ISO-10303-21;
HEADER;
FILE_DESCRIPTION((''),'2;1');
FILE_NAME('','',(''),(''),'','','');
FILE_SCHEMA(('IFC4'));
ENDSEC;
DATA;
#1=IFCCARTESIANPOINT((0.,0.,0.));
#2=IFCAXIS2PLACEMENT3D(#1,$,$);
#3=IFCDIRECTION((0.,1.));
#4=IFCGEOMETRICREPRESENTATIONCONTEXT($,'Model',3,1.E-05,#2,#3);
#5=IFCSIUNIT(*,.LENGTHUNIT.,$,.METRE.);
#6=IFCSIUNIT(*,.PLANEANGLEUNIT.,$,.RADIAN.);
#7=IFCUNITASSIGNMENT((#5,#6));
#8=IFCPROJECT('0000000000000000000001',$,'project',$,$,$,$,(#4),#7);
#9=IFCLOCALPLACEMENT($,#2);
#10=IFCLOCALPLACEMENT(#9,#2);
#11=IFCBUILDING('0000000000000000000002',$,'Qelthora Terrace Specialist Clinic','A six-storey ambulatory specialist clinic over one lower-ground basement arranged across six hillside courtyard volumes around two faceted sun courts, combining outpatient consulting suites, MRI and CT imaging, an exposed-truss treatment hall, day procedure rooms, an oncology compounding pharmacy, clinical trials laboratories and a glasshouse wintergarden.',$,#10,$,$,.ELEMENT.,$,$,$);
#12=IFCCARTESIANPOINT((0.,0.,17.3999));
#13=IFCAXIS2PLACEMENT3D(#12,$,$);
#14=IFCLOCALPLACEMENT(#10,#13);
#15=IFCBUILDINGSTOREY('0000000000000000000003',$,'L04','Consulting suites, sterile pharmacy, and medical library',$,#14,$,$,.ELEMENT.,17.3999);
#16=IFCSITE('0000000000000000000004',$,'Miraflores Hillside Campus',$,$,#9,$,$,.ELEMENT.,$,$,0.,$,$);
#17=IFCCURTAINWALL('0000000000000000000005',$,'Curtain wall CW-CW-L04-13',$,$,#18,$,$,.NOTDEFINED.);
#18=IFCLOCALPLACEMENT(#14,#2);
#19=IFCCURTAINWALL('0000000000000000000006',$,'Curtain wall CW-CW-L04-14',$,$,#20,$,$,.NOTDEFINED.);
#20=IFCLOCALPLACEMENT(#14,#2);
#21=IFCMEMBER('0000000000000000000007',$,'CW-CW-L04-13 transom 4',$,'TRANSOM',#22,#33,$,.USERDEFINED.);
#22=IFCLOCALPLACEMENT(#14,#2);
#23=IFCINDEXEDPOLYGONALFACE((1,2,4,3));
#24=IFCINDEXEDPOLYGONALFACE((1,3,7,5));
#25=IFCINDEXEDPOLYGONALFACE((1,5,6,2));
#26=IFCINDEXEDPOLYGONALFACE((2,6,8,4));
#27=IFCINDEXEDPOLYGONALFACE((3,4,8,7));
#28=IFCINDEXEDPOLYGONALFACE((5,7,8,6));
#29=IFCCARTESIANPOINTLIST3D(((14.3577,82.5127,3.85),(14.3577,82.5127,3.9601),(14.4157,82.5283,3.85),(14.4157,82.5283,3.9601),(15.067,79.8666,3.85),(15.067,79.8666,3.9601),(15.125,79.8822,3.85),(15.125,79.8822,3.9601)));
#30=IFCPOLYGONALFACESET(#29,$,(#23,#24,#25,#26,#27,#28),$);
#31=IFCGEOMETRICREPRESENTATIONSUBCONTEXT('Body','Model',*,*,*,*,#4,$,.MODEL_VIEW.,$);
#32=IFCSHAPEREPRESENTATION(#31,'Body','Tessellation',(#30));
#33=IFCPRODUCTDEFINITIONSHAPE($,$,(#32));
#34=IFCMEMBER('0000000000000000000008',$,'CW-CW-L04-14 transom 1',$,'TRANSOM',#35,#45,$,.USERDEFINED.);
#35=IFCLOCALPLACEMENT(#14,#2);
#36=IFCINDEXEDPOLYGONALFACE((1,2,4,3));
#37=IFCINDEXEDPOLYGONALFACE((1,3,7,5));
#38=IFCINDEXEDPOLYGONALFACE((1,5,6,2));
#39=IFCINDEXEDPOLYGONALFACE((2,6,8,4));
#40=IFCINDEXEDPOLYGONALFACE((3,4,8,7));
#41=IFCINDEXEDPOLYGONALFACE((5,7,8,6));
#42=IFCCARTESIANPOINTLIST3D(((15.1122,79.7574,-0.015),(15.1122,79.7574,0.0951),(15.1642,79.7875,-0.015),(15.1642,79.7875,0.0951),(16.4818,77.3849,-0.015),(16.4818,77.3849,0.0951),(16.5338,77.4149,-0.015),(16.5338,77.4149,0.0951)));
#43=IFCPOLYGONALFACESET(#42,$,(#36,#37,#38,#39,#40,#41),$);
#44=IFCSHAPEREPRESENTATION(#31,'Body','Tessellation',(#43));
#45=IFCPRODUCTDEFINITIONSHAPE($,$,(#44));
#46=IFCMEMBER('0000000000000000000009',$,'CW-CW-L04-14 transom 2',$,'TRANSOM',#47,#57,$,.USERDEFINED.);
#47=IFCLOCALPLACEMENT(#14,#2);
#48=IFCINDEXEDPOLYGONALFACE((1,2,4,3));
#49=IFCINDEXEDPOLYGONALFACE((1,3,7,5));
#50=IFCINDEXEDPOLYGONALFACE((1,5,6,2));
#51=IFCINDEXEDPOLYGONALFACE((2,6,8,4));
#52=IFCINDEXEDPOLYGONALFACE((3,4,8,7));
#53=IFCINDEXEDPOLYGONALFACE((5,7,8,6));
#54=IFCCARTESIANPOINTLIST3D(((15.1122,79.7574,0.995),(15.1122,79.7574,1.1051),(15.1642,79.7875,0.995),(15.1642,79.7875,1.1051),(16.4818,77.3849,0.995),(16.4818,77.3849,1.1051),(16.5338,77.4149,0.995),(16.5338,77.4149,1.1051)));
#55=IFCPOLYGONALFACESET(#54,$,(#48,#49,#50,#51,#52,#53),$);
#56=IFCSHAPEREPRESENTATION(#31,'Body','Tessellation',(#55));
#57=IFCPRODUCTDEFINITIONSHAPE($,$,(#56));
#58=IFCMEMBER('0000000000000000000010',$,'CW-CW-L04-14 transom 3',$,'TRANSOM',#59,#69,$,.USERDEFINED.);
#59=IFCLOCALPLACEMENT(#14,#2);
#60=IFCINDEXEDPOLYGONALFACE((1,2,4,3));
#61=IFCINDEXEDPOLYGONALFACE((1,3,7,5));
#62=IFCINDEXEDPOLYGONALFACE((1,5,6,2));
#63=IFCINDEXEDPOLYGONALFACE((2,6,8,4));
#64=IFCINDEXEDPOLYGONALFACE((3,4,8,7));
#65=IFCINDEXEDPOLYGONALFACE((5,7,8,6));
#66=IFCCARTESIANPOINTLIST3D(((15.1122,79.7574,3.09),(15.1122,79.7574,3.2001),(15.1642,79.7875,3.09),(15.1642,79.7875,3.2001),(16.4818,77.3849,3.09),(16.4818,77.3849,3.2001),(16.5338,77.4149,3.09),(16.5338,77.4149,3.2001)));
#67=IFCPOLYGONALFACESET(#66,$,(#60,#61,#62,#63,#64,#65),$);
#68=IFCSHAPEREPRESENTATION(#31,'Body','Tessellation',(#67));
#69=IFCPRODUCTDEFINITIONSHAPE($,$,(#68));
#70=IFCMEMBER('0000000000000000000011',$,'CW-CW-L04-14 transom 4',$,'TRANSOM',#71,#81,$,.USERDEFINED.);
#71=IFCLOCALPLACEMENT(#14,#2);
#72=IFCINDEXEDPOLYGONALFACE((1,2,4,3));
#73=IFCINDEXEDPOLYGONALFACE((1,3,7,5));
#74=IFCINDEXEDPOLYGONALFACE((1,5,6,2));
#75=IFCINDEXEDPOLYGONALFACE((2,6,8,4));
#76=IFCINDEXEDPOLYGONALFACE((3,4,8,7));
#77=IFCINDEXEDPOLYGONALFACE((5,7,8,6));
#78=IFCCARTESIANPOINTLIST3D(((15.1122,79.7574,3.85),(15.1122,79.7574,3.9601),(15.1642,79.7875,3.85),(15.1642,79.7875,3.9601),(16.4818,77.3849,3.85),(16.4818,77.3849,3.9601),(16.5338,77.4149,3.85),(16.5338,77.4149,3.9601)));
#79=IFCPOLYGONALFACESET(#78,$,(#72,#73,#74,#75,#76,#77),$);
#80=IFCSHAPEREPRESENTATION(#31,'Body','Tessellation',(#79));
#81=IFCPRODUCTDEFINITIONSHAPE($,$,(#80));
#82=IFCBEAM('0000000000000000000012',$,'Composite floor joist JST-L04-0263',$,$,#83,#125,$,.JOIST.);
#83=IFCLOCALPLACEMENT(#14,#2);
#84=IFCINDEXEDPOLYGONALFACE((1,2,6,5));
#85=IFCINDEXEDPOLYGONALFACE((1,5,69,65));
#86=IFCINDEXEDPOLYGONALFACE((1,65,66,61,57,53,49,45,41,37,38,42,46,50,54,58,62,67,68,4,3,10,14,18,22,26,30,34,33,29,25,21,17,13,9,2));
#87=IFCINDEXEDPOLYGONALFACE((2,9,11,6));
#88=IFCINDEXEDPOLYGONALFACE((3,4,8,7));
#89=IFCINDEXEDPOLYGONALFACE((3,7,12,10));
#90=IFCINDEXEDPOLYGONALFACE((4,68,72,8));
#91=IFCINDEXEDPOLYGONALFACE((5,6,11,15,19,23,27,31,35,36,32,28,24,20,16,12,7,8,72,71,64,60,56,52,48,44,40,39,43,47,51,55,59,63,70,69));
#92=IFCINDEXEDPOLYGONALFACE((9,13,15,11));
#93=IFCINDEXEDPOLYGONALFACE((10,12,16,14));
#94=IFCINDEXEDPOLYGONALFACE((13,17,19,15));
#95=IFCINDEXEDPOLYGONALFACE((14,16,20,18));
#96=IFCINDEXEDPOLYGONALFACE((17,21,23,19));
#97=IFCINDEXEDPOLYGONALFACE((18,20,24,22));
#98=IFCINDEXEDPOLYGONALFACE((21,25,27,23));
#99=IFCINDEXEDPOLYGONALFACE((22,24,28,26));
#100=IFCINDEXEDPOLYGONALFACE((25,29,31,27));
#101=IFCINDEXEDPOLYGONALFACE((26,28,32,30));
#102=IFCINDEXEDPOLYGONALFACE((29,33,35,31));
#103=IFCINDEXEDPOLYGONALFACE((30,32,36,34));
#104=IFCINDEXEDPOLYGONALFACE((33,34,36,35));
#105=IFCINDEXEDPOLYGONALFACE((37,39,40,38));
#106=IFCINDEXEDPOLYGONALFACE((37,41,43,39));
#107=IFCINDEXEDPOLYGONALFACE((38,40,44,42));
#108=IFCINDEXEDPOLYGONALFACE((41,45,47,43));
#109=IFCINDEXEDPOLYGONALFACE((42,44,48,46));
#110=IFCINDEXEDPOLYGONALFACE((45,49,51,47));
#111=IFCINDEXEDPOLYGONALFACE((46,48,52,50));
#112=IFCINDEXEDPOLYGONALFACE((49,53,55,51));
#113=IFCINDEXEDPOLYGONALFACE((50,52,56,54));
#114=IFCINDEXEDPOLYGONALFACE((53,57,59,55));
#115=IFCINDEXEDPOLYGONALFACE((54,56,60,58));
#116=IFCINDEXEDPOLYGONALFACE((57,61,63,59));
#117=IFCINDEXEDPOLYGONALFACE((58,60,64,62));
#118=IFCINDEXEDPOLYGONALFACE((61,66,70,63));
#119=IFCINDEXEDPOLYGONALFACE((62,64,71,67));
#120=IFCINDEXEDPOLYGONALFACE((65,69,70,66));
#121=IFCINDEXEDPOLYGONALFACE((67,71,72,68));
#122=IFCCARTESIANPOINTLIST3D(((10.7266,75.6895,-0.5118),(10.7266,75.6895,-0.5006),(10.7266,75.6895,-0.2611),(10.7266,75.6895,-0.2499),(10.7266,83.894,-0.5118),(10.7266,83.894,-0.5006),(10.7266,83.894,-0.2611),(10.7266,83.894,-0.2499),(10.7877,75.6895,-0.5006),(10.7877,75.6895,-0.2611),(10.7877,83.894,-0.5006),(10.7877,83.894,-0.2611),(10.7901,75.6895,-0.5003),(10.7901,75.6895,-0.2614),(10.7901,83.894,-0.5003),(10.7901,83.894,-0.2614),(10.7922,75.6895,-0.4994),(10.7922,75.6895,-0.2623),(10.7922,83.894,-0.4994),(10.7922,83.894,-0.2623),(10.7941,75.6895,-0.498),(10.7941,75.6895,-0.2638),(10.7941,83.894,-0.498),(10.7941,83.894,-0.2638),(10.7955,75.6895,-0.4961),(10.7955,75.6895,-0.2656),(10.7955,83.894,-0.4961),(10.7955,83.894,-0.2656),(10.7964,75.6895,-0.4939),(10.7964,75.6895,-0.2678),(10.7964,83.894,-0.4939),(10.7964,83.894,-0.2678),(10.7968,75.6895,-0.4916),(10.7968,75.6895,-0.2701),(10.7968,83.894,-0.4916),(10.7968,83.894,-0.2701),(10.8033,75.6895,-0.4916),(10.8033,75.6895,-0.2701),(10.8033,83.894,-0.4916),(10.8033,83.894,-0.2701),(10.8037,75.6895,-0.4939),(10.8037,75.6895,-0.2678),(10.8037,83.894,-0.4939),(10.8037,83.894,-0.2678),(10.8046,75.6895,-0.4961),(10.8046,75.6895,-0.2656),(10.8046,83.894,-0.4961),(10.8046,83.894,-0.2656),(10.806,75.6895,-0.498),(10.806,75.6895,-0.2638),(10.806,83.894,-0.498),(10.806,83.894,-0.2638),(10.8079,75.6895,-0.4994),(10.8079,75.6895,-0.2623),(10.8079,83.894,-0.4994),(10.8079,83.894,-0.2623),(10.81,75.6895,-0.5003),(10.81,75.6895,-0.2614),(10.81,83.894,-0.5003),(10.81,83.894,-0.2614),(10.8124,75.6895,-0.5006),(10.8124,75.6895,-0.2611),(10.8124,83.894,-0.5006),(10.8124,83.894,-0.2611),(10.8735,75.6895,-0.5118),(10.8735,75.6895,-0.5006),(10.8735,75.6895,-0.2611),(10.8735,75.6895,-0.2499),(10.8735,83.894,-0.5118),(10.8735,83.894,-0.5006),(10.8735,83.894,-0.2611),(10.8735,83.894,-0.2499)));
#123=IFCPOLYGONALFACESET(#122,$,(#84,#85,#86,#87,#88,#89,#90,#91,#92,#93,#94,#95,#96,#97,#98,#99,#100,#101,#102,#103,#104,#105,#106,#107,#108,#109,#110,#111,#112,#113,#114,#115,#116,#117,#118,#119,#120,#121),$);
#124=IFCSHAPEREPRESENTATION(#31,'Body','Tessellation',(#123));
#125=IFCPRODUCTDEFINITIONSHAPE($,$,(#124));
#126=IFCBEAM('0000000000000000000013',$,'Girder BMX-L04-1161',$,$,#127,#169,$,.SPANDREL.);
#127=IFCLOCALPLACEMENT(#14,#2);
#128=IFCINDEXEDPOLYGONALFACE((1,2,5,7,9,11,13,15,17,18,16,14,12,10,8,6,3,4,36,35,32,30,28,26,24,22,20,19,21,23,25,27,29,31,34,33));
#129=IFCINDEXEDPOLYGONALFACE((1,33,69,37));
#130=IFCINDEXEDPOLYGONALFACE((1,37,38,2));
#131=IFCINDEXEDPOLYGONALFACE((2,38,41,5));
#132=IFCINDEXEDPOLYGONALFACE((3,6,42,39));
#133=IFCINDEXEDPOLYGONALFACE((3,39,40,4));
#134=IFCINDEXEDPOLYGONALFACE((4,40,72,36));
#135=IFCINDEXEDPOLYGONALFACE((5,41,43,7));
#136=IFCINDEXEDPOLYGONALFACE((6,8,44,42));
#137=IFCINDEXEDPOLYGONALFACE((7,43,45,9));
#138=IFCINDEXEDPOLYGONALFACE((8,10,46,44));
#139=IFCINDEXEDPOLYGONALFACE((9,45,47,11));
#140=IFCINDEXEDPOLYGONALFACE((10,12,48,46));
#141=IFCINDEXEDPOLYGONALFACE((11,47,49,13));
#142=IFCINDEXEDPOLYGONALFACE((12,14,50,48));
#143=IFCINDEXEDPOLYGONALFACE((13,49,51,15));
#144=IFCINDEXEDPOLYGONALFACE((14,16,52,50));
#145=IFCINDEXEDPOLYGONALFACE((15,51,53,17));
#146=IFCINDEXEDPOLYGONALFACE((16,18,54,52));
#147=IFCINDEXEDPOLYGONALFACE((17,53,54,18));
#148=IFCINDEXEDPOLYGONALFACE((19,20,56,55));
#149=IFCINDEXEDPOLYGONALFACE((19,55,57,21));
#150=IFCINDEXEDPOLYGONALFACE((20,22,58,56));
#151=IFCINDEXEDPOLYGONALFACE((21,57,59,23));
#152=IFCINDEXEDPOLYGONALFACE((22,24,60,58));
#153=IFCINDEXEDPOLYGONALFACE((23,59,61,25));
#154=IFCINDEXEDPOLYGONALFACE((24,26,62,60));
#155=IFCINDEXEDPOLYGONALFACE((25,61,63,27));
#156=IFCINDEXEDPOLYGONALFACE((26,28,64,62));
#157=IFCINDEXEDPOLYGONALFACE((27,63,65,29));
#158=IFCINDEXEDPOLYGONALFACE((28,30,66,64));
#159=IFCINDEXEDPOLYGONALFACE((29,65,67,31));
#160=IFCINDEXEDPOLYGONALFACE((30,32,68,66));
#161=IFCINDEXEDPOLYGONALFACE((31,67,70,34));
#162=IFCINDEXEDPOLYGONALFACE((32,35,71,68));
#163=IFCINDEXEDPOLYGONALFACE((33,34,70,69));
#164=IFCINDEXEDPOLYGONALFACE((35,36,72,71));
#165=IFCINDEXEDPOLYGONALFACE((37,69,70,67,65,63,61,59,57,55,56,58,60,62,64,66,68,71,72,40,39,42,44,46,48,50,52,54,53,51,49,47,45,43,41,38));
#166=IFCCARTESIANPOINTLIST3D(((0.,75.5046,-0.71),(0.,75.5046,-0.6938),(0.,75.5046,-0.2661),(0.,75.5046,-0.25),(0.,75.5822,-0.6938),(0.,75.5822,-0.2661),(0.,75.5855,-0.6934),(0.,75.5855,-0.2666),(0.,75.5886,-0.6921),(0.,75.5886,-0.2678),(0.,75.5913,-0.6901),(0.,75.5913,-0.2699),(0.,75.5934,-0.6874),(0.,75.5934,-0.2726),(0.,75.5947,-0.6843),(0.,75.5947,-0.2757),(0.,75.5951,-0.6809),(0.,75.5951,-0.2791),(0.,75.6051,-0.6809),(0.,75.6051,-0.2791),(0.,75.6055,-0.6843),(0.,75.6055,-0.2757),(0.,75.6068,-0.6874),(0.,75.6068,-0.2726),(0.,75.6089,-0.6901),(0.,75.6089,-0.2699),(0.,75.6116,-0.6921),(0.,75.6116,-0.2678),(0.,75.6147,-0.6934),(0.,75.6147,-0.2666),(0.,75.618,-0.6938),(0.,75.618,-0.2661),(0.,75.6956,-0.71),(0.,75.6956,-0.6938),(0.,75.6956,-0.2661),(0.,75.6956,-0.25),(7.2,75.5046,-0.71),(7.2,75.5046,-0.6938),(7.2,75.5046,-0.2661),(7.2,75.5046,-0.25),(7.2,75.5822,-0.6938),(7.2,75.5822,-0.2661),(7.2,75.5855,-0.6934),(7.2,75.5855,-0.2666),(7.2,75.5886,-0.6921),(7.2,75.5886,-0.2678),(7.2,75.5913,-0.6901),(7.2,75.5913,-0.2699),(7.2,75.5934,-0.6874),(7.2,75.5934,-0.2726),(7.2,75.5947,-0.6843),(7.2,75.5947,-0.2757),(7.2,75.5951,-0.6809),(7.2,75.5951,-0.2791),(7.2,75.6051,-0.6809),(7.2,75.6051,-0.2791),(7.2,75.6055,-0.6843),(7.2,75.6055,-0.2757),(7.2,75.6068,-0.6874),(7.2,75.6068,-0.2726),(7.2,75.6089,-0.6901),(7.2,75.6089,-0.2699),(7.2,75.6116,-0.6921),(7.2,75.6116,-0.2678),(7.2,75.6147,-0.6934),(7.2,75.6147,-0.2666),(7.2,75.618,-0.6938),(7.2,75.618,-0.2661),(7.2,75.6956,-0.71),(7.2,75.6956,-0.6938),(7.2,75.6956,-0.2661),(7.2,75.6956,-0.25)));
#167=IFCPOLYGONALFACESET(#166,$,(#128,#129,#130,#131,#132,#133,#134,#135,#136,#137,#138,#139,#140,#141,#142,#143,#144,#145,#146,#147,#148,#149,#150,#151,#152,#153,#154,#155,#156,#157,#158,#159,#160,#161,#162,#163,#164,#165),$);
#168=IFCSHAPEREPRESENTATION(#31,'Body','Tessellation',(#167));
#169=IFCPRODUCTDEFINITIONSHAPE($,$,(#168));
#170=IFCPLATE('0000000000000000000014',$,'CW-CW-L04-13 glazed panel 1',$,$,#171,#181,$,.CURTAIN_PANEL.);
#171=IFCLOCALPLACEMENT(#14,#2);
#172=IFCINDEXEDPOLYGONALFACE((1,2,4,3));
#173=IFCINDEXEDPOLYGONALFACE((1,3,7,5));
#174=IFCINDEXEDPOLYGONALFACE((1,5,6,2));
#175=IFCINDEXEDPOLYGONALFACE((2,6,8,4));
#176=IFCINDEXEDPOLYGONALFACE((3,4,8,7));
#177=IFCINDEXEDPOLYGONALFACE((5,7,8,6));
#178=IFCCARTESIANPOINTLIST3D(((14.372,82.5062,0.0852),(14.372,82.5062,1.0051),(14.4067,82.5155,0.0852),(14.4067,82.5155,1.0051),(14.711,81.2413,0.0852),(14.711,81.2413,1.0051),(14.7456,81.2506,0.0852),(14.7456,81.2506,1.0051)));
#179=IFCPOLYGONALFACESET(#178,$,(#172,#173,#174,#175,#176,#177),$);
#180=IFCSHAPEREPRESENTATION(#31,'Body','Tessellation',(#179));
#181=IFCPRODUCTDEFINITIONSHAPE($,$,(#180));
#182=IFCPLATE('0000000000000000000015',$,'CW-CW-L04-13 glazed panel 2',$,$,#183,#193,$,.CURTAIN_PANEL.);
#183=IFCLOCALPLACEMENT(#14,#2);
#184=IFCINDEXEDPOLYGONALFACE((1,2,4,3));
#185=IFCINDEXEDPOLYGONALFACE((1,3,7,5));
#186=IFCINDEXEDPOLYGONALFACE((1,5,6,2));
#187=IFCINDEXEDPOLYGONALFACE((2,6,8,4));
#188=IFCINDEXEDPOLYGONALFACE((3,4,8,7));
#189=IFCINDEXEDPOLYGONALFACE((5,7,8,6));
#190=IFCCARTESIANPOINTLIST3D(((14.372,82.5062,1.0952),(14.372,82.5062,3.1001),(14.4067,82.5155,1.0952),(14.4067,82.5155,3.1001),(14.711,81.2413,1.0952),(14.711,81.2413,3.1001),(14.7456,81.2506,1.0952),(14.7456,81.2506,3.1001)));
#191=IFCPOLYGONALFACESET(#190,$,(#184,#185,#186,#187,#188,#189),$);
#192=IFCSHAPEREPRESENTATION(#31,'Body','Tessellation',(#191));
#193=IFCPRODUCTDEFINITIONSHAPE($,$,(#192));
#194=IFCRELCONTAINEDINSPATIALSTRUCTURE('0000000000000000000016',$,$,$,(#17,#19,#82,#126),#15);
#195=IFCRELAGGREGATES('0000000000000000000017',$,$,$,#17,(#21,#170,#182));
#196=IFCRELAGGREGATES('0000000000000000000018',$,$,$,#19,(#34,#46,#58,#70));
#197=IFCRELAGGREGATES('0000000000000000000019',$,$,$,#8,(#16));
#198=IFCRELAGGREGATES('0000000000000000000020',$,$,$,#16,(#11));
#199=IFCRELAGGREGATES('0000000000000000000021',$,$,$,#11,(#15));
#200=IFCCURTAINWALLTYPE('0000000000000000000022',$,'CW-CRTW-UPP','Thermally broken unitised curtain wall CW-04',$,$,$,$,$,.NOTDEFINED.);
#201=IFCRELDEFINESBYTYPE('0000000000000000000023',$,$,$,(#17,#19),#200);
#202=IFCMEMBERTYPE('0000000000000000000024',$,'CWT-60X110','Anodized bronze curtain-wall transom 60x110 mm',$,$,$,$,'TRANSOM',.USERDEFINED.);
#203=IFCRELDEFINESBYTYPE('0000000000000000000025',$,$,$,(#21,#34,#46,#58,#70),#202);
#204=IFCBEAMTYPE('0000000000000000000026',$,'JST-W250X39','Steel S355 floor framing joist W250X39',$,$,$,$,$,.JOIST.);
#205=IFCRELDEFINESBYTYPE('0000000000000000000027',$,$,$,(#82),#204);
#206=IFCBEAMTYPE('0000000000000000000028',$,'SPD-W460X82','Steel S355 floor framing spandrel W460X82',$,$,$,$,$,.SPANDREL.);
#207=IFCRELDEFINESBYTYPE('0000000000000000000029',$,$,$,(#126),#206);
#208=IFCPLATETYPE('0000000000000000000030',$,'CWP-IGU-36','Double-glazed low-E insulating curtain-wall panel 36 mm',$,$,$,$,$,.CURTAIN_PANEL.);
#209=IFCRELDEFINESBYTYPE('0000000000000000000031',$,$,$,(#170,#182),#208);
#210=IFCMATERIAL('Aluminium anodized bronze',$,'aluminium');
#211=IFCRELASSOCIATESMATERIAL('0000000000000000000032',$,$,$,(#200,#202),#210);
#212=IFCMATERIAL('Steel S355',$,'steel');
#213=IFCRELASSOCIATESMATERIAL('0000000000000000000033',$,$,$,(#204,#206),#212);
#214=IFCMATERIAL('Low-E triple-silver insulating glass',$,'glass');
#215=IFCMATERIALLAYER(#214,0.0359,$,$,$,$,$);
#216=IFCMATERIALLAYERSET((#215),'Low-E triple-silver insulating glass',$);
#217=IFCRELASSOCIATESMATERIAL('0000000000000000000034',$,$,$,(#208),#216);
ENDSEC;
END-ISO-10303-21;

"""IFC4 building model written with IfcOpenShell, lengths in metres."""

from ifc_helpers import new_model, si_unit, direction, frame, origin, origin_2d, place, context, subcontext, project, spatial, rectangle, i_section, extrude, material, layer, layer_set, material_profile, profile_set, type_object, element, aggregate, save


model = new_model("IFC4")

# Units and contexts
model_context = context("Model", 3, precision=1e-05, world=origin(), true_north=direction((0.0, 1.0)))
body_context = subcontext(model_context, "Body", "Model", "MODEL_VIEW")
ifc_project = project(units=[si_unit("LENGTHUNIT", "METRE"), si_unit("PLANEANGLEUNIT", "RADIAN")], contexts=[model_context])

# Site, building, storey
site_placement = place(None, origin())
site = spatial("IfcSite", under=ifc_project, at=site_placement, Name="Miraflores Hillside Campus", CompositionType="ELEMENT", RefElevation=0.0)
building_placement = place(site_placement, origin())
building = spatial("IfcBuilding", under=site, at=building_placement, Name="Qelthora Terrace Specialist Clinic", Description="A six-storey ambulatory specialist clinic over one lower-ground basement arranged across six hillside courtyard volumes around two faceted sun courts, combining outpatient consulting suites, MRI and CT imaging, an exposed-truss treatment hall, day procedure rooms, an oncology compounding pharmacy, clinical trials laboratories and a glasshouse wintergarden.", CompositionType="ELEMENT")
storey_placement = place(building_placement, frame((0.0, 0.0, 17.3999)))
storey = spatial("IfcBuildingStorey", under=building, at=storey_placement, Name="L04", Description="Consulting suites, sterile pharmacy, and medical library", CompositionType="ELEMENT", Elevation=17.3999)

# Shared definitions
ifc_material_1 = material(Name="Steel S355", Category="steel")

# Curtain wall
ifc_material_2 = material(Name="Aluminium anodized bronze", Category="aluminium")
curtain_wall_type = type_object("IfcCurtainWallType", Name="CW-CRTW-UPP", Description="Thermally broken unitised curtain wall CW-04", PredefinedType="NOTDEFINED", material=ifc_material_2)
curtain_wall_1_placement = place(storey_placement, origin())
curtain_wall_1 = element("IfcCurtainWall", 1, at=curtain_wall_1_placement, inside=storey, type_object=curtain_wall_type, Name="Curtain wall CW-CW-L04-13", PredefinedType="NOTDEFINED")

# Curtain wall
curtain_wall_2_placement = place(storey_placement, origin())
curtain_wall_2 = element("IfcCurtainWall", 2, at=curtain_wall_2_placement, inside=storey, type_object=curtain_wall_type, Name="Curtain wall CW-CW-L04-14", PredefinedType="NOTDEFINED")

# Members
ifc_material_profile_1 = material_profile(ifc_material_2, rectangle(XDim=0.0601, YDim=0.1101, at=origin_2d()), Name="CWT60X110")
ifc_profile_set_1 = profile_set([ifc_material_profile_1], Name="Aluminium anodized bronze")
member_type_1 = type_object("IfcMemberType", Name="CWT-60X110", Description="Anodized bronze curtain-wall transom 60x110 mm", ElementType="TRANSOM", PredefinedType="USERDEFINED", material=ifc_profile_set_1)
member_1_placement = place(storey_placement, frame((14.3867, 82.5205, 3.905), z_axis=(0.258899, -0.965904, 0.0), x_axis=(0.965904, 0.258899, 0.0)))
member_1 = element("IfcMember", 3, at=member_1_placement, type_object=member_type_1, Name="CW-CW-L04-13 transom 4", ObjectType="TRANSOM", PredefinedType="USERDEFINED", context=body_context, shape_type="SweptSolid", body=[
    extrude(rectangle(XDim=0.0601, YDim=0.1101, at=origin_2d()), origin(), (0.0, 0.0, 1.0), 2.7395),
])
member_2_placement = place(storey_placement, frame((15.1382, 79.7725, 0.04), z_axis=(0.499954, -0.866052, 0.0), x_axis=(0.866052, 0.499954, 0.0)))
member_2 = element("IfcMember", 4, at=member_2_placement, type_object=member_type_1, Name="CW-CW-L04-14 transom 1", ObjectType="TRANSOM", PredefinedType="USERDEFINED", context=body_context, shape_type="SweptSolid", body=[
    extrude(rectangle(XDim=0.0601, YDim=0.1101, at=origin_2d()), origin(), (0.0, 0.0, 1.0), 2.7395),
])
member_3_placement = place(storey_placement, frame((15.1382, 79.7725, 1.05), z_axis=(0.499954, -0.866052, 0.0), x_axis=(0.866052, 0.499954, 0.0)))
member_3 = element("IfcMember", 5, at=member_3_placement, type_object=member_type_1, Name="CW-CW-L04-14 transom 2", ObjectType="TRANSOM", PredefinedType="USERDEFINED", context=body_context, shape_type="SweptSolid", body=[
    extrude(rectangle(XDim=0.0601, YDim=0.1101, at=origin_2d()), origin(), (0.0, 0.0, 1.0), 2.7395),
])
member_4_placement = place(storey_placement, frame((15.1382, 79.7725, 3.145), z_axis=(0.499954, -0.866052, 0.0), x_axis=(0.866052, 0.499954, 0.0)))
member_4 = element("IfcMember", 6, at=member_4_placement, type_object=member_type_1, Name="CW-CW-L04-14 transom 3", ObjectType="TRANSOM", PredefinedType="USERDEFINED", context=body_context, shape_type="SweptSolid", body=[
    extrude(rectangle(XDim=0.0601, YDim=0.1101, at=origin_2d()), origin(), (0.0, 0.0, 1.0), 2.7395),
])
member_5_placement = place(storey_placement, frame((15.1382, 79.7725, 3.905), z_axis=(0.499954, -0.866052, 0.0), x_axis=(0.866052, 0.499954, 0.0)))
member_5 = element("IfcMember", 7, at=member_5_placement, type_object=member_type_1, Name="CW-CW-L04-14 transom 4", ObjectType="TRANSOM", PredefinedType="USERDEFINED", context=body_context, shape_type="SweptSolid", body=[
    extrude(rectangle(XDim=0.0601, YDim=0.1101, at=origin_2d()), origin(), (0.0, 0.0, 1.0), 2.7395),
])

# Beams
ifc_material_profile_2 = material_profile(ifc_material_1, i_section(OverallWidth=0.147, OverallDepth=0.262, WebThickness=0.0066, FlangeThickness=0.0112, FilletRadius=0.009, at=origin_2d()), Name="W250X39")
ifc_profile_set_2 = profile_set([ifc_material_profile_2], Name="Steel S355")
beam_type_1 = type_object("IfcBeamType", Name="JST-W250X39", Description="Steel S355 floor framing joist W250X39", PredefinedType="JOIST", material=ifc_profile_set_2)
beam_1_placement = place(storey_placement, frame((10.8, 75.6895, -0.3809), z_axis=(0.0, 1.0, 0.0), x_axis=(-1.0, 0.0, 0.0)))
element("IfcBeam", 8, at=beam_1_placement, inside=storey, type_object=beam_type_1, Name="Composite floor joist JST-L04-0263", PredefinedType="JOIST", context=body_context, shape_type="SweptSolid", body=[
    extrude(i_section(OverallWidth=0.147, OverallDepth=0.262, WebThickness=0.0066, FlangeThickness=0.0112, FilletRadius=0.009, at=origin_2d()), origin(), (0.0, 0.0, 1.0), 8.2046),
])
ifc_material_profile_3 = material_profile(ifc_material_1, i_section(OverallWidth=0.1909, OverallDepth=0.46, WebThickness=0.01, FlangeThickness=0.0161, FilletRadius=0.0129, at=origin_2d()), Name="W460X82")
ifc_profile_set_3 = profile_set([ifc_material_profile_3], Name="Steel S355")
beam_type_2 = type_object("IfcBeamType", Name="SPD-W460X82", Description="Steel S355 floor framing spandrel W460X82", PredefinedType="SPANDREL", material=ifc_profile_set_3)
beam_2_placement = place(storey_placement, frame((0.0, 75.6001, -0.48), z_axis=(1.0, 0.0, 0.0), x_axis=(0.0, 1.0, 0.0)))
element("IfcBeam", 9, at=beam_2_placement, inside=storey, type_object=beam_type_2, Name="Girder BMX-L04-1161", PredefinedType="SPANDREL", context=body_context, shape_type="SweptSolid", body=[
    extrude(i_section(OverallWidth=0.1909, OverallDepth=0.46, WebThickness=0.01, FlangeThickness=0.0161, FilletRadius=0.0129, at=origin_2d()), origin(), (0.0, 0.0, 1.0), 7.2),
])

# Plates
ifc_material_3 = material(Name="Low-E triple-silver insulating glass", Category="glass")
ifc_layer_1 = layer(ifc_material_3, 0.0359)
ifc_layer_set_1 = layer_set([ifc_layer_1], Name="Low-E triple-silver insulating glass")
plate_type = type_object("IfcPlateType", Name="CWP-IGU-36", Description="Double-glazed low-E insulating curtain-wall panel 36 mm", PredefinedType="CURTAIN_PANEL", material=ifc_layer_set_1)
plate_1_placement = place(storey_placement, frame((14.5588, 81.8784, 0.0852), z_axis=(0.0, 0.0, 1.0), x_axis=(0.258821, -0.965925, 0.0)))
plate_1 = element("IfcPlate", 10, at=plate_1_placement, type_object=plate_type, Name="CW-CW-L04-13 glazed panel 1", PredefinedType="CURTAIN_PANEL", context=body_context, shape_type="SweptSolid", body=[
    extrude(rectangle(XDim=1.3096, YDim=0.0359, at=origin_2d()), origin(), (0.0, 0.0, 1.0), 0.9199),
])
plate_2_placement = place(storey_placement, frame((14.5588, 81.8784, 1.0952), z_axis=(0.0, 0.0, 1.0), x_axis=(0.258821, -0.965925, 0.0)))
plate_2 = element("IfcPlate", 11, at=plate_2_placement, type_object=plate_type, Name="CW-CW-L04-13 glazed panel 2", PredefinedType="CURTAIN_PANEL", context=body_context, shape_type="SweptSolid", body=[
    extrude(rectangle(XDim=1.3096, YDim=0.0359, at=origin_2d()), origin(), (0.0, 0.0, 1.0), 2.0049),
])
aggregate(curtain_wall_1, [member_1, plate_1, plate_2])
aggregate(curtain_wall_2, [member_2, member_3, member_4, member_5])

save(model, "model.ifc")
